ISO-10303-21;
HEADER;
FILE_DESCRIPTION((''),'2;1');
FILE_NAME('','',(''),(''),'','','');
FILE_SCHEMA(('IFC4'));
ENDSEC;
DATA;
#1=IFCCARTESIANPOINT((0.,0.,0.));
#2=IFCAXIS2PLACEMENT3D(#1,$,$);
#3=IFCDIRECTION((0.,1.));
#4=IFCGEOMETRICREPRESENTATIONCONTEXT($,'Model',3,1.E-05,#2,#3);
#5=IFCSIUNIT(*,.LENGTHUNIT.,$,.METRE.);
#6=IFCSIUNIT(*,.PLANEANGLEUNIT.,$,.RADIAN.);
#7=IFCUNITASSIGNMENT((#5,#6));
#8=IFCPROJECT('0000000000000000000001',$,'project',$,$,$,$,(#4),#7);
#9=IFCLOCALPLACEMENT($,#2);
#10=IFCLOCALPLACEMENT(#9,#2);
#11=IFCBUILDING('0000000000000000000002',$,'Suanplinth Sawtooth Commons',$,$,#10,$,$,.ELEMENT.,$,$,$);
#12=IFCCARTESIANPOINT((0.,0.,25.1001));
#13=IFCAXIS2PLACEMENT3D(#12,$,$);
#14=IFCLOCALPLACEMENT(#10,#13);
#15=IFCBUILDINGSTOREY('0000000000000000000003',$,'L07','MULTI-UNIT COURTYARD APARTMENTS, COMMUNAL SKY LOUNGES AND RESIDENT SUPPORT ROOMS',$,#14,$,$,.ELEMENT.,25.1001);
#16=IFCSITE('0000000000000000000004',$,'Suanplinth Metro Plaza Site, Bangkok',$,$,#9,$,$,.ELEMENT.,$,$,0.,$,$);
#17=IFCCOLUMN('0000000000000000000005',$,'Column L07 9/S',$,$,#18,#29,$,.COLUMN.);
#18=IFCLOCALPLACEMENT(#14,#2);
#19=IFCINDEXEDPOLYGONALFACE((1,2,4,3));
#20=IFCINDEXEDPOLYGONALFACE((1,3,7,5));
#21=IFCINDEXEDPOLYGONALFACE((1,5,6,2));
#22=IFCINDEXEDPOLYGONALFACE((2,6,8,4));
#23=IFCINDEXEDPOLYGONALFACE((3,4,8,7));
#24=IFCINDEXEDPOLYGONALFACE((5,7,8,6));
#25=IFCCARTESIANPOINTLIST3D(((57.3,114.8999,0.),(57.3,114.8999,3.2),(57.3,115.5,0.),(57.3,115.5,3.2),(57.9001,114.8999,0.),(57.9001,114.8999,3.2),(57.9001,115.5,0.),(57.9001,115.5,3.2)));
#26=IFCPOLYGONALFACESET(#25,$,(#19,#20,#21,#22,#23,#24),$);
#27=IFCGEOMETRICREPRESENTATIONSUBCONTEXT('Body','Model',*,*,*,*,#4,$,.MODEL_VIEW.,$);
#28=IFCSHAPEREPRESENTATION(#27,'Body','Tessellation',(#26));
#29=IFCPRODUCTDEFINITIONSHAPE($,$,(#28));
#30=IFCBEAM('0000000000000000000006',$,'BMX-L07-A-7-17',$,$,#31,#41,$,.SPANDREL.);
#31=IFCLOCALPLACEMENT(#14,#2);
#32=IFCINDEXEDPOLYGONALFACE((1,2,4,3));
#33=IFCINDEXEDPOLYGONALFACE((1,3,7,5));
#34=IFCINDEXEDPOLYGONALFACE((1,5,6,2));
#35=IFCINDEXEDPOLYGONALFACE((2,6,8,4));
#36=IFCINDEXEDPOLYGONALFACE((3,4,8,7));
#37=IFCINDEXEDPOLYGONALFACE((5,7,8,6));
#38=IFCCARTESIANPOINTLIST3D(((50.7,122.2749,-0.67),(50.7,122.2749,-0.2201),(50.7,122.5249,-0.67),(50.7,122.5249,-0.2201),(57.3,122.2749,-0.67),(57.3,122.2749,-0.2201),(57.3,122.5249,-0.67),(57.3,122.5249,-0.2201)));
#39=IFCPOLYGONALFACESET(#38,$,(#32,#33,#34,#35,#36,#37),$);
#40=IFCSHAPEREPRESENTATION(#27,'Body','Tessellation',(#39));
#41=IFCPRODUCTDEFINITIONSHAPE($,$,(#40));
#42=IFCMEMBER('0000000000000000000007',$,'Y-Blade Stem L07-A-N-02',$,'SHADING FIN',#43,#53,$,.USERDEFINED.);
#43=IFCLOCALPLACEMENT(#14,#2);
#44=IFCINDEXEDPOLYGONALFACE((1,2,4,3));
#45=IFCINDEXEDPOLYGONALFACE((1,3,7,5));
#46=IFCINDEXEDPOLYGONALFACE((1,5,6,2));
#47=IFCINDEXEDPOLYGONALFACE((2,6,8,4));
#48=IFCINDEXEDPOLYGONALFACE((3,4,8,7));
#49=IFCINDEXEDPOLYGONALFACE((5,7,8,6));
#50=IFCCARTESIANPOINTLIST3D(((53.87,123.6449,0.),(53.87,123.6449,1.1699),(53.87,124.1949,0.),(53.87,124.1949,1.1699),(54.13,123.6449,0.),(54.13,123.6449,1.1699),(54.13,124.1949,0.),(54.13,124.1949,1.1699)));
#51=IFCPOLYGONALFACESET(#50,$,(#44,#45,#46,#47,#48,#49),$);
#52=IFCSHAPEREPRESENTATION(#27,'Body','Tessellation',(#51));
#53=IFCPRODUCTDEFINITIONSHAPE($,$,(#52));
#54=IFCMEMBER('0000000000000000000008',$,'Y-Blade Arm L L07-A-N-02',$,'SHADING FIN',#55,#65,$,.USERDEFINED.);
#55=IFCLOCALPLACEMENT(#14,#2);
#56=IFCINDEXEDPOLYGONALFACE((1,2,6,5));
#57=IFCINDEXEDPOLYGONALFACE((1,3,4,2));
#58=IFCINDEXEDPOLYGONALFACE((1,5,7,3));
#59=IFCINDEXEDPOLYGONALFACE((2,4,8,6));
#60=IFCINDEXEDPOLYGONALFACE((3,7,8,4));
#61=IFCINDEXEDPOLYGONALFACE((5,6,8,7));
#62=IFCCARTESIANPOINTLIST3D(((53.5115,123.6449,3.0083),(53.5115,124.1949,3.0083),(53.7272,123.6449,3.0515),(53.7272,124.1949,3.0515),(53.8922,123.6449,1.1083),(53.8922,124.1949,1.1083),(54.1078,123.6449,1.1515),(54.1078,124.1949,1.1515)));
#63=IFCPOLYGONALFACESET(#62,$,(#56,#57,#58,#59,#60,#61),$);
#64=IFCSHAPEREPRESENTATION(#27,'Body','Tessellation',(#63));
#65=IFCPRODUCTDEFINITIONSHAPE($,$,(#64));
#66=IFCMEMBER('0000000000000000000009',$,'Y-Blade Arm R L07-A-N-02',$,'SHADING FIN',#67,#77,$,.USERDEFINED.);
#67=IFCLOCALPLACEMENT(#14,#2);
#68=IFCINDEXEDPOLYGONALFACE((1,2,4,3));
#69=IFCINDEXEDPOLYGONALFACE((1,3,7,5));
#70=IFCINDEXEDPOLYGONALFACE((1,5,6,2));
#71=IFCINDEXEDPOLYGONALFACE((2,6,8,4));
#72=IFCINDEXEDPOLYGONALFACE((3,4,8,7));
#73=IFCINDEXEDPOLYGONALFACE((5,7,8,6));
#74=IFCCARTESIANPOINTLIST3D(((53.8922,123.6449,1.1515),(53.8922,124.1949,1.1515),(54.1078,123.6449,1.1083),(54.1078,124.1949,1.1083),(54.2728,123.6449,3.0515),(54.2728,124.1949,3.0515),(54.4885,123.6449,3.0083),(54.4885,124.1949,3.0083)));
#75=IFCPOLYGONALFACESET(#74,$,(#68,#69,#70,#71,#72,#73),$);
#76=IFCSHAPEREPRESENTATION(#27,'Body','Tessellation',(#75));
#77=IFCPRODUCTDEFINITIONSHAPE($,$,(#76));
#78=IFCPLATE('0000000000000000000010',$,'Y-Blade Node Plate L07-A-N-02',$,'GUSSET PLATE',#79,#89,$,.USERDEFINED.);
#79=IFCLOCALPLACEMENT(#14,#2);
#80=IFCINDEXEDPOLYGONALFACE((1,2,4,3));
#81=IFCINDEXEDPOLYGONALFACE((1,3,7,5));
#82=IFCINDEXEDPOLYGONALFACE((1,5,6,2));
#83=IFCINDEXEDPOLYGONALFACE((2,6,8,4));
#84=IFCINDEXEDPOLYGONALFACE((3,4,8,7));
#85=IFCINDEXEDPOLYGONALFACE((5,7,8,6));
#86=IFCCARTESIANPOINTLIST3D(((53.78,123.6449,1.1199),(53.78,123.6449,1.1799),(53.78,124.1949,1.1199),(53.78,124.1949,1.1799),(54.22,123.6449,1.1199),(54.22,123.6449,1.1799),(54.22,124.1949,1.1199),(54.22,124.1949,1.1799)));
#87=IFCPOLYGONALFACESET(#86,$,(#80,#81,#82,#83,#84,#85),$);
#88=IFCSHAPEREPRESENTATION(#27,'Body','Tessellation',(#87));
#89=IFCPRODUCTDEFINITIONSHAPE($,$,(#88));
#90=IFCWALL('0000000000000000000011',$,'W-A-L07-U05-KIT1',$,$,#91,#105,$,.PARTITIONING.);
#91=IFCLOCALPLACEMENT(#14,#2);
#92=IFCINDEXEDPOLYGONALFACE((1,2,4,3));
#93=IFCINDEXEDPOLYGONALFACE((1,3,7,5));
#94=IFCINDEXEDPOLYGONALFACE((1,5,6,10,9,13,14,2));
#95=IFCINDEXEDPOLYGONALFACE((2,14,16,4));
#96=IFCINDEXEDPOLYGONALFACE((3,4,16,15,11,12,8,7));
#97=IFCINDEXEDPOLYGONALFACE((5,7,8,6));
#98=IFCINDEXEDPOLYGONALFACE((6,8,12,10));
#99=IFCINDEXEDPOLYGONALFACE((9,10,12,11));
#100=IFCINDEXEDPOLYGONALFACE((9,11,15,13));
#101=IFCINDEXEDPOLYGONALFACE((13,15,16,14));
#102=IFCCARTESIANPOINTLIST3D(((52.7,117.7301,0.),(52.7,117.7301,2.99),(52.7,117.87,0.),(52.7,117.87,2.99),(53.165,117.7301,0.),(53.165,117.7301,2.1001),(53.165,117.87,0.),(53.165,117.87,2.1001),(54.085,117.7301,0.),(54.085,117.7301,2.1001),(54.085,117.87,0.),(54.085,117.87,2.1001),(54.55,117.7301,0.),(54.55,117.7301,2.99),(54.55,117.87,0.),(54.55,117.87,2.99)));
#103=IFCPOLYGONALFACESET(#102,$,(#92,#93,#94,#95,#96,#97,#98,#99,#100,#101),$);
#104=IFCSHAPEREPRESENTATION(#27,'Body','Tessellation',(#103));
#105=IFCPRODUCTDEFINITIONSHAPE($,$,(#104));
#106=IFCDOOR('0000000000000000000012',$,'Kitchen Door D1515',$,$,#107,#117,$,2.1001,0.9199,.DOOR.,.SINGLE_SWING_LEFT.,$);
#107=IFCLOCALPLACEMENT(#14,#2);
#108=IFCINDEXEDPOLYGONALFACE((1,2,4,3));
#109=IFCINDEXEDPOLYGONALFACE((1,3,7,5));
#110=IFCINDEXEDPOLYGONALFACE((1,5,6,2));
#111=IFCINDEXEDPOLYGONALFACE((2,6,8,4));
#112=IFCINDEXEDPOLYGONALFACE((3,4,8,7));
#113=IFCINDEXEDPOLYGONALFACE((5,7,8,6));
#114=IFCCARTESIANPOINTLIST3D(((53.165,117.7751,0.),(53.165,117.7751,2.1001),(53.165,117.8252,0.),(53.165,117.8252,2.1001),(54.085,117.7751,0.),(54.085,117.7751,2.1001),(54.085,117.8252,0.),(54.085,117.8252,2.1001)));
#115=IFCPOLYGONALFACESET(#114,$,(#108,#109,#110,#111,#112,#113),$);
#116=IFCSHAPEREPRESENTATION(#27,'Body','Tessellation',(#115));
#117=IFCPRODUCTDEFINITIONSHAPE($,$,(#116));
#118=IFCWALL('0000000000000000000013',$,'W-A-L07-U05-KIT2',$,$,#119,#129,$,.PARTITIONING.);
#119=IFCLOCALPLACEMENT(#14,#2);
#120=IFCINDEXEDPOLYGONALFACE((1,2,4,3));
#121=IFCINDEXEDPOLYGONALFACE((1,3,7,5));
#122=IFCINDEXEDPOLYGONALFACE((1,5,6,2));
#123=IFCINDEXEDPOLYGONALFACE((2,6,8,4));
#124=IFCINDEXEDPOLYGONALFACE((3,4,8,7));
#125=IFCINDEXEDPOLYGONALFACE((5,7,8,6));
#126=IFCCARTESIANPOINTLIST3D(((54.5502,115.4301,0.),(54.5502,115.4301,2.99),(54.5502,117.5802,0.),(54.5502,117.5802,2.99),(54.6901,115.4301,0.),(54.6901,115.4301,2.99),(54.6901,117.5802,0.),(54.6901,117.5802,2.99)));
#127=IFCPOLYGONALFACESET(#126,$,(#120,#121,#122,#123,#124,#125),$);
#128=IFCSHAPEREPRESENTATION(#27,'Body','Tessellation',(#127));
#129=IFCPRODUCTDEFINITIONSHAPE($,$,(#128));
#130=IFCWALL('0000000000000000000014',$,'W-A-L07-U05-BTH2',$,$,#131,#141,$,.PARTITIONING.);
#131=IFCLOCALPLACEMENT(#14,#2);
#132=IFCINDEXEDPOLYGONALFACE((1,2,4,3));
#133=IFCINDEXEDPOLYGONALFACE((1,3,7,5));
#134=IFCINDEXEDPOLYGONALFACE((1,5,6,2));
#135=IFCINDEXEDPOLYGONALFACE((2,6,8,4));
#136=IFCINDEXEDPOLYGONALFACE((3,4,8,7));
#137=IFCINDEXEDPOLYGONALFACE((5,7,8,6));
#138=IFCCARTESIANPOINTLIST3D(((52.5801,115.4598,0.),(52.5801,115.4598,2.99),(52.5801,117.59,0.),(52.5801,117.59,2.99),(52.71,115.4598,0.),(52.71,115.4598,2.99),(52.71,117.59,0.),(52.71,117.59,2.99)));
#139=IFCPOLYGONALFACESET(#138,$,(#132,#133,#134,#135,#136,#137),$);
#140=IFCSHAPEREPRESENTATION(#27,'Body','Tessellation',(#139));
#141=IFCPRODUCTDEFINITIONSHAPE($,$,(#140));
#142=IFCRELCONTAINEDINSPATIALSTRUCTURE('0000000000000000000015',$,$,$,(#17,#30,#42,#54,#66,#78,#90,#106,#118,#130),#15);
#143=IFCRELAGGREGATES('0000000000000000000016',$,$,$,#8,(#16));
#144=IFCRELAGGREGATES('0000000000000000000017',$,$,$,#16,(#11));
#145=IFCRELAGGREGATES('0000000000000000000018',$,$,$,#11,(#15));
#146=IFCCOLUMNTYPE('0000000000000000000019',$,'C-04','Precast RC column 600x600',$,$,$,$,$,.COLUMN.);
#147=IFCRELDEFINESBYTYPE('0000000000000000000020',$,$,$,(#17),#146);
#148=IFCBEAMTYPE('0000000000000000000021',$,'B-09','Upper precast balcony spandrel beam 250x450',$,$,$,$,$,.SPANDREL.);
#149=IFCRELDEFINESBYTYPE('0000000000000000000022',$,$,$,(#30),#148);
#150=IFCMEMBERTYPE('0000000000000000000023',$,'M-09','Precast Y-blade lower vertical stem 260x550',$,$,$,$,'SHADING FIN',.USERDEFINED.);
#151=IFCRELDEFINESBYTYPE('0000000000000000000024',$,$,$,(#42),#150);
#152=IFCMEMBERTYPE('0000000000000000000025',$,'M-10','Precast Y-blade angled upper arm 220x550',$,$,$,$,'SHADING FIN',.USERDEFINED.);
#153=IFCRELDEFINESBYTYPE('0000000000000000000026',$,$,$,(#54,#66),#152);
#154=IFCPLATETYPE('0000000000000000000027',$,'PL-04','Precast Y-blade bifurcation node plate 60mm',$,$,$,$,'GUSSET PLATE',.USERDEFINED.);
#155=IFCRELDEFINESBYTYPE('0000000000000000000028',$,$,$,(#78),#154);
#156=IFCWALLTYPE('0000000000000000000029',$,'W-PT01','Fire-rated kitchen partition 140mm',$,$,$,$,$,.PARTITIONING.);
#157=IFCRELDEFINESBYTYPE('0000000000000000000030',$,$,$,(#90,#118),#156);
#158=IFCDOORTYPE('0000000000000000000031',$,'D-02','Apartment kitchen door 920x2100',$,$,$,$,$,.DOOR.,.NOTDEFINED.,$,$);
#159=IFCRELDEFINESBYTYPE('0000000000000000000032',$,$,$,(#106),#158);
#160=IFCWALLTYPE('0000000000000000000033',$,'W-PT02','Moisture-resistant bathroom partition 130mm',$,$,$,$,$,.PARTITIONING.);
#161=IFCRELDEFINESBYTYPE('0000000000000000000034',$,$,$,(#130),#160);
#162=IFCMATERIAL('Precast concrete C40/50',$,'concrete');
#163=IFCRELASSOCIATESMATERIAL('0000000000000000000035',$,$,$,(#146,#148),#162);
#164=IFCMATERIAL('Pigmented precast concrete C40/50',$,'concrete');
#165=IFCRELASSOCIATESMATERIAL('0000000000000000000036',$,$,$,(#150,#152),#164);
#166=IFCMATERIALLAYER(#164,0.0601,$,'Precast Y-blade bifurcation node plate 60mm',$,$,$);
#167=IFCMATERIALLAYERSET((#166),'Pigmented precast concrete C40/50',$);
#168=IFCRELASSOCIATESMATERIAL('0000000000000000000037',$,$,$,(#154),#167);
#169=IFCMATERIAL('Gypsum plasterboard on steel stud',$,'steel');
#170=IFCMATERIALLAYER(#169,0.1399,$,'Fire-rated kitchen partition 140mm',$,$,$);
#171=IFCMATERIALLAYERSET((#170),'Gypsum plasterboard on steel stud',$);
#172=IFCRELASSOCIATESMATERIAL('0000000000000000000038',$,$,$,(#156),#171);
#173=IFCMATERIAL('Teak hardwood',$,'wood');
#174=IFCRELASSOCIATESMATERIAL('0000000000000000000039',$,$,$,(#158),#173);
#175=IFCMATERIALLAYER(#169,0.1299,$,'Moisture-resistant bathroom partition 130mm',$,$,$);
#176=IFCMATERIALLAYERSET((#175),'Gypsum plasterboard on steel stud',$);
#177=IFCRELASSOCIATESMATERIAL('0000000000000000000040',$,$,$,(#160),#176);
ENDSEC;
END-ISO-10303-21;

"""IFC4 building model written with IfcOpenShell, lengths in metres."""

from ifc_helpers import new_model, si_unit, direction, frame, frame_2d, origin, origin_2d, place, context, subcontext, project, spatial, rectangle, extrude, material, layer, layer_set, material_profile, profile_set, type_object, element, fill, save


model = new_model("IFC4")

# Units and contexts
model_context = context("Model", 3, precision=1e-05, world=origin(), true_north=direction((0.0, 1.0)))
body_context = subcontext(model_context, "Body", "Model", "MODEL_VIEW")
ifc_project = project(units=[si_unit("LENGTHUNIT", "METRE"), si_unit("PLANEANGLEUNIT", "RADIAN")], contexts=[model_context])

# Site, building, storey
site_placement = place(None, origin())
site = spatial("IfcSite", under=ifc_project, at=site_placement, Name="Suanplinth Metro Plaza Site, Bangkok", CompositionType="ELEMENT", RefElevation=0.0)
building_placement = place(site_placement, origin())
building = spatial("IfcBuilding", under=site, at=building_placement, Name="Suanplinth Sawtooth Commons", CompositionType="ELEMENT")
storey_placement = place(building_placement, frame((0.0, 0.0, 25.1001)))
storey = spatial("IfcBuildingStorey", under=building, at=storey_placement, Name="L07", Description="MULTI-UNIT COURTYARD APARTMENTS, COMMUNAL SKY LOUNGES AND RESIDENT SUPPORT ROOMS", CompositionType="ELEMENT", Elevation=25.1001)

# Column
ifc_material_1 = material(Name="Precast concrete C40/50", Category="concrete")
ifc_material_profile_1 = material_profile(ifc_material_1, rectangle(XDim=0.6001, YDim=0.6001, at=origin_2d()), Name="PC-COL 600x600")
ifc_profile_set_1 = profile_set([ifc_material_profile_1], Name="Precast concrete C40/50")
column_type = type_object("IfcColumnType", Name="C-04", Description="Precast RC column 600x600", PredefinedType="COLUMN", material=ifc_profile_set_1)
column_placement = place(storey_placement, frame((57.6001, 115.2, 0.0), z_axis=(0.0, 0.0, 1.0), x_axis=(1.0, 0.0, 0.0)))
element("IfcColumn", 1, at=column_placement, inside=storey, type_object=column_type, Name="Column L07 9/S", PredefinedType="COLUMN", context=body_context, shape_type="SweptSolid", body=[
    extrude(rectangle(XDim=0.6001, YDim=0.6001, at=origin_2d()), origin(), (0.0, 0.0, 1.0), 3.2),
])

# Beam
ifc_material_profile_2 = material_profile(ifc_material_1, rectangle(XDim=0.25, YDim=0.45, at=origin_2d()), Name="PC-SP 250x450")
ifc_profile_set_2 = profile_set([ifc_material_profile_2], Name="Precast concrete C40/50")
beam_type = type_object("IfcBeamType", Name="B-09", Description="Upper precast balcony spandrel beam 250x450", PredefinedType="SPANDREL", material=ifc_profile_set_2)
beam_placement = place(storey_placement, frame((50.7, 122.3999, -0.4451), z_axis=(1.0, 0.0, 0.0), x_axis=(0.0, 1.0, 0.0)))
element("IfcBeam", 2, at=beam_placement, inside=storey, type_object=beam_type, Name="BMX-L07-A-7-17", PredefinedType="SPANDREL", context=body_context, shape_type="SweptSolid", body=[
    extrude(rectangle(XDim=0.25, YDim=0.45, at=origin_2d()), origin(), (0.0, 0.0, 1.0), 6.6001),
])

# Members
ifc_material_2 = material(Name="Pigmented precast concrete C40/50", Category="concrete")
ifc_material_profile_3 = material_profile(ifc_material_2, rectangle(XDim=0.26, YDim=0.55, at=origin_2d()), Name="PC-FIN 260x550")
ifc_profile_set_3 = profile_set([ifc_material_profile_3], Name="Pigmented precast concrete C40/50")
member_type_1 = type_object("IfcMemberType", Name="M-09", Description="Precast Y-blade lower vertical stem 260x550", ElementType="SHADING FIN", PredefinedType="USERDEFINED", material=ifc_profile_set_3)
member_placement = place(storey_placement, frame((54.0, 123.9199, 0.0), z_axis=(0.0, 0.0, 1.0), x_axis=(1.0, 0.0, 0.0)))
element("IfcMember", 3, at=member_placement, inside=storey, type_object=member_type_1, Name="Y-Blade Stem L07-A-N-02", ObjectType="SHADING FIN", PredefinedType="USERDEFINED", context=body_context, shape_type="SweptSolid", body=[
    extrude(rectangle(XDim=0.26, YDim=0.55, at=origin_2d()), origin(), (0.0, 0.0, 1.0), 1.1699),
])
ifc_material_profile_4 = material_profile(ifc_material_2, rectangle(XDim=0.22, YDim=0.55, at=origin_2d()), Name="PC-FIN 220x550")
ifc_profile_set_4 = profile_set([ifc_material_profile_4], Name="Pigmented precast concrete C40/50")
member_type_2 = type_object("IfcMemberType", Name="M-10", Description="Precast Y-blade angled upper arm 220x550", ElementType="SHADING FIN", PredefinedType="USERDEFINED", material=ifc_profile_set_4)
for number, where, z_axis, x_axis, name in (
    (4, (54.0, 123.9199, 1.1299), (-0.196431, 0.0, 0.980518), (0.980518, 0.0, 0.196431), "Y-Blade Arm L L07-A-N-02"),
    (5, (54.0, 123.9199, 1.1299), (0.196431, 0.0, 0.980518), (-0.980518, 0.0, 0.196431), "Y-Blade Arm R L07-A-N-02"),
):
    element("IfcMember", number, at=place(storey_placement, frame(where, z_axis=z_axis, x_axis=x_axis)), inside=storey, type_object=member_type_2, Name=name, ObjectType="SHADING FIN", PredefinedType="USERDEFINED", context=body_context, shape_type="SweptSolid", body=[
        extrude(rectangle(XDim=0.22, YDim=0.55, at=origin_2d()), origin(), (0.0, 0.0, 1.0), 1.9377),
    ])

# Plate
ifc_layer_1 = layer(ifc_material_2, 0.0601, Name="Precast Y-blade bifurcation node plate 60mm")
ifc_layer_set_1 = layer_set([ifc_layer_1], Name="Pigmented precast concrete C40/50")
plate_type = type_object("IfcPlateType", Name="PL-04", Description="Precast Y-blade bifurcation node plate 60mm", ElementType="GUSSET PLATE", PredefinedType="USERDEFINED", material=ifc_layer_set_1)
plate_placement = place(storey_placement, frame((54.0, 123.9199, 1.1199), z_axis=(0.0, 0.0, 1.0), x_axis=(1.0, 0.0, 0.0)))
element("IfcPlate", 6, at=plate_placement, inside=storey, type_object=plate_type, Name="Y-Blade Node Plate L07-A-N-02", ObjectType="GUSSET PLATE", PredefinedType="USERDEFINED", context=body_context, shape_type="SweptSolid", body=[
    extrude(rectangle(XDim=0.4399, YDim=0.55, at=origin_2d()), origin(), (0.0, 0.0, 1.0), 0.0601),
])

# Wall, opening, door
ifc_material_3 = material(Name="Gypsum plasterboard on steel stud", Category="steel")
ifc_layer_2 = layer(ifc_material_3, 0.1399, Name="Fire-rated kitchen partition 140mm")
ifc_layer_set_2 = layer_set([ifc_layer_2], Name="Gypsum plasterboard on steel stud")
wall_type_1 = type_object("IfcWallType", Name="W-PT01", Description="Fire-rated kitchen partition 140mm", PredefinedType="PARTITIONING", material=ifc_layer_set_2)
wall_1_placement = place(storey_placement, frame((52.7, 117.8, 0.0), z_axis=(0.0, 0.0, 1.0), x_axis=(1.0, 0.0, 0.0)))
wall_1 = element("IfcWall", 7, at=wall_1_placement, inside=storey, type_object=wall_type_1, Name="W-A-L07-U05-KIT1", PredefinedType="PARTITIONING", context=body_context, shape_type="SweptSolid", body=[
    extrude(rectangle(XDim=1.8501, YDim=0.1399, at=frame_2d((0.925, 0.0))), origin(), (0.0, 0.0, 1.0), 2.99),
])
opening_1_placement = place(wall_1_placement, frame((0.4651, 0.0, 0.0)))
opening_1 = element("IfcOpeningElement", 8, at=opening_1_placement, cuts=wall_1, PredefinedType="OPENING", context=body_context, shape_type="SweptSolid", body=[
    extrude(rectangle(XDim=0.9199, YDim=2.1001, at=frame_2d((0.46, 1.05))), frame((0.0, 0.085, 0.0), z_axis=(0.0, -1.0, 0.0), x_axis=(1.0, 0.0, 0.0)), (0.0, 0.0, 1.0), 0.1697),
])
ifc_material_4 = material(Name="Teak hardwood", Category="wood")
door_type_1 = type_object("IfcDoorType", Name="D-02", Description="Apartment kitchen door 920x2100", OperationType="NOTDEFINED", PredefinedType="DOOR", material=ifc_material_4)
door_1_placement = place(opening_1_placement, frame((0.9199, 0.0, 0.0), z_axis=(0.0, 0.0, 1.0), x_axis=(-1.0, 0.0, 0.0)))
door_1 = element("IfcDoor", 9, at=door_1_placement, inside=storey, type_object=door_type_1, Name="Kitchen Door D1515", OperationType="SINGLE_SWING_LEFT", OverallHeight=2.1001, OverallWidth=0.9199, PredefinedType="DOOR", context=body_context, shape_type="SweptSolid", body=[
    extrude(rectangle(XDim=0.9199, YDim=2.1001, at=frame_2d((0.46, 1.05))), frame((0.0, 0.0249, 0.0), z_axis=(0.0, -1.0, 0.0), x_axis=(1.0, 0.0, 0.0)), (0.0, 0.0, 1.0), 0.05),
])
fill(opening_1, door_1)

# Walls
wall_2_placement = place(storey_placement, frame((54.6201, 115.4299, 0.0), z_axis=(0.0, 0.0, 1.0), x_axis=(0.0, 1.0, 0.0)))
element("IfcWall", 10, at=wall_2_placement, inside=storey, type_object=wall_type_1, Name="W-A-L07-U05-KIT2", PredefinedType="PARTITIONING", context=body_context, shape_type="SweptSolid", body=[
    extrude(rectangle(XDim=2.1501, YDim=0.1399, at=frame_2d((1.0752, 0.0))), origin(), (0.0, 0.0, 1.0), 2.99),
])
ifc_layer_3 = layer(ifc_material_3, 0.1299, Name="Moisture-resistant bathroom partition 130mm")
ifc_layer_set_3 = layer_set([ifc_layer_3], Name="Gypsum plasterboard on steel stud")
wall_type_2 = type_object("IfcWallType", Name="W-PT02", Description="Moisture-resistant bathroom partition 130mm", PredefinedType="PARTITIONING", material=ifc_layer_set_3)
wall_3_placement = place(storey_placement, frame((52.645, 115.46, 0.0), z_axis=(0.0, 0.0, 1.0), x_axis=(0.0, 1.0, 0.0)))
element("IfcWall", 11, at=wall_3_placement, inside=storey, type_object=wall_type_2, Name="W-A-L07-U05-BTH2", PredefinedType="PARTITIONING", context=body_context, shape_type="SweptSolid", body=[
    extrude(rectangle(XDim=2.1301, YDim=0.1299, at=frame_2d((1.0649, 0.0))), origin(), (0.0, 0.0, 1.0), 2.99),
])

save(model, "model.ifc")
